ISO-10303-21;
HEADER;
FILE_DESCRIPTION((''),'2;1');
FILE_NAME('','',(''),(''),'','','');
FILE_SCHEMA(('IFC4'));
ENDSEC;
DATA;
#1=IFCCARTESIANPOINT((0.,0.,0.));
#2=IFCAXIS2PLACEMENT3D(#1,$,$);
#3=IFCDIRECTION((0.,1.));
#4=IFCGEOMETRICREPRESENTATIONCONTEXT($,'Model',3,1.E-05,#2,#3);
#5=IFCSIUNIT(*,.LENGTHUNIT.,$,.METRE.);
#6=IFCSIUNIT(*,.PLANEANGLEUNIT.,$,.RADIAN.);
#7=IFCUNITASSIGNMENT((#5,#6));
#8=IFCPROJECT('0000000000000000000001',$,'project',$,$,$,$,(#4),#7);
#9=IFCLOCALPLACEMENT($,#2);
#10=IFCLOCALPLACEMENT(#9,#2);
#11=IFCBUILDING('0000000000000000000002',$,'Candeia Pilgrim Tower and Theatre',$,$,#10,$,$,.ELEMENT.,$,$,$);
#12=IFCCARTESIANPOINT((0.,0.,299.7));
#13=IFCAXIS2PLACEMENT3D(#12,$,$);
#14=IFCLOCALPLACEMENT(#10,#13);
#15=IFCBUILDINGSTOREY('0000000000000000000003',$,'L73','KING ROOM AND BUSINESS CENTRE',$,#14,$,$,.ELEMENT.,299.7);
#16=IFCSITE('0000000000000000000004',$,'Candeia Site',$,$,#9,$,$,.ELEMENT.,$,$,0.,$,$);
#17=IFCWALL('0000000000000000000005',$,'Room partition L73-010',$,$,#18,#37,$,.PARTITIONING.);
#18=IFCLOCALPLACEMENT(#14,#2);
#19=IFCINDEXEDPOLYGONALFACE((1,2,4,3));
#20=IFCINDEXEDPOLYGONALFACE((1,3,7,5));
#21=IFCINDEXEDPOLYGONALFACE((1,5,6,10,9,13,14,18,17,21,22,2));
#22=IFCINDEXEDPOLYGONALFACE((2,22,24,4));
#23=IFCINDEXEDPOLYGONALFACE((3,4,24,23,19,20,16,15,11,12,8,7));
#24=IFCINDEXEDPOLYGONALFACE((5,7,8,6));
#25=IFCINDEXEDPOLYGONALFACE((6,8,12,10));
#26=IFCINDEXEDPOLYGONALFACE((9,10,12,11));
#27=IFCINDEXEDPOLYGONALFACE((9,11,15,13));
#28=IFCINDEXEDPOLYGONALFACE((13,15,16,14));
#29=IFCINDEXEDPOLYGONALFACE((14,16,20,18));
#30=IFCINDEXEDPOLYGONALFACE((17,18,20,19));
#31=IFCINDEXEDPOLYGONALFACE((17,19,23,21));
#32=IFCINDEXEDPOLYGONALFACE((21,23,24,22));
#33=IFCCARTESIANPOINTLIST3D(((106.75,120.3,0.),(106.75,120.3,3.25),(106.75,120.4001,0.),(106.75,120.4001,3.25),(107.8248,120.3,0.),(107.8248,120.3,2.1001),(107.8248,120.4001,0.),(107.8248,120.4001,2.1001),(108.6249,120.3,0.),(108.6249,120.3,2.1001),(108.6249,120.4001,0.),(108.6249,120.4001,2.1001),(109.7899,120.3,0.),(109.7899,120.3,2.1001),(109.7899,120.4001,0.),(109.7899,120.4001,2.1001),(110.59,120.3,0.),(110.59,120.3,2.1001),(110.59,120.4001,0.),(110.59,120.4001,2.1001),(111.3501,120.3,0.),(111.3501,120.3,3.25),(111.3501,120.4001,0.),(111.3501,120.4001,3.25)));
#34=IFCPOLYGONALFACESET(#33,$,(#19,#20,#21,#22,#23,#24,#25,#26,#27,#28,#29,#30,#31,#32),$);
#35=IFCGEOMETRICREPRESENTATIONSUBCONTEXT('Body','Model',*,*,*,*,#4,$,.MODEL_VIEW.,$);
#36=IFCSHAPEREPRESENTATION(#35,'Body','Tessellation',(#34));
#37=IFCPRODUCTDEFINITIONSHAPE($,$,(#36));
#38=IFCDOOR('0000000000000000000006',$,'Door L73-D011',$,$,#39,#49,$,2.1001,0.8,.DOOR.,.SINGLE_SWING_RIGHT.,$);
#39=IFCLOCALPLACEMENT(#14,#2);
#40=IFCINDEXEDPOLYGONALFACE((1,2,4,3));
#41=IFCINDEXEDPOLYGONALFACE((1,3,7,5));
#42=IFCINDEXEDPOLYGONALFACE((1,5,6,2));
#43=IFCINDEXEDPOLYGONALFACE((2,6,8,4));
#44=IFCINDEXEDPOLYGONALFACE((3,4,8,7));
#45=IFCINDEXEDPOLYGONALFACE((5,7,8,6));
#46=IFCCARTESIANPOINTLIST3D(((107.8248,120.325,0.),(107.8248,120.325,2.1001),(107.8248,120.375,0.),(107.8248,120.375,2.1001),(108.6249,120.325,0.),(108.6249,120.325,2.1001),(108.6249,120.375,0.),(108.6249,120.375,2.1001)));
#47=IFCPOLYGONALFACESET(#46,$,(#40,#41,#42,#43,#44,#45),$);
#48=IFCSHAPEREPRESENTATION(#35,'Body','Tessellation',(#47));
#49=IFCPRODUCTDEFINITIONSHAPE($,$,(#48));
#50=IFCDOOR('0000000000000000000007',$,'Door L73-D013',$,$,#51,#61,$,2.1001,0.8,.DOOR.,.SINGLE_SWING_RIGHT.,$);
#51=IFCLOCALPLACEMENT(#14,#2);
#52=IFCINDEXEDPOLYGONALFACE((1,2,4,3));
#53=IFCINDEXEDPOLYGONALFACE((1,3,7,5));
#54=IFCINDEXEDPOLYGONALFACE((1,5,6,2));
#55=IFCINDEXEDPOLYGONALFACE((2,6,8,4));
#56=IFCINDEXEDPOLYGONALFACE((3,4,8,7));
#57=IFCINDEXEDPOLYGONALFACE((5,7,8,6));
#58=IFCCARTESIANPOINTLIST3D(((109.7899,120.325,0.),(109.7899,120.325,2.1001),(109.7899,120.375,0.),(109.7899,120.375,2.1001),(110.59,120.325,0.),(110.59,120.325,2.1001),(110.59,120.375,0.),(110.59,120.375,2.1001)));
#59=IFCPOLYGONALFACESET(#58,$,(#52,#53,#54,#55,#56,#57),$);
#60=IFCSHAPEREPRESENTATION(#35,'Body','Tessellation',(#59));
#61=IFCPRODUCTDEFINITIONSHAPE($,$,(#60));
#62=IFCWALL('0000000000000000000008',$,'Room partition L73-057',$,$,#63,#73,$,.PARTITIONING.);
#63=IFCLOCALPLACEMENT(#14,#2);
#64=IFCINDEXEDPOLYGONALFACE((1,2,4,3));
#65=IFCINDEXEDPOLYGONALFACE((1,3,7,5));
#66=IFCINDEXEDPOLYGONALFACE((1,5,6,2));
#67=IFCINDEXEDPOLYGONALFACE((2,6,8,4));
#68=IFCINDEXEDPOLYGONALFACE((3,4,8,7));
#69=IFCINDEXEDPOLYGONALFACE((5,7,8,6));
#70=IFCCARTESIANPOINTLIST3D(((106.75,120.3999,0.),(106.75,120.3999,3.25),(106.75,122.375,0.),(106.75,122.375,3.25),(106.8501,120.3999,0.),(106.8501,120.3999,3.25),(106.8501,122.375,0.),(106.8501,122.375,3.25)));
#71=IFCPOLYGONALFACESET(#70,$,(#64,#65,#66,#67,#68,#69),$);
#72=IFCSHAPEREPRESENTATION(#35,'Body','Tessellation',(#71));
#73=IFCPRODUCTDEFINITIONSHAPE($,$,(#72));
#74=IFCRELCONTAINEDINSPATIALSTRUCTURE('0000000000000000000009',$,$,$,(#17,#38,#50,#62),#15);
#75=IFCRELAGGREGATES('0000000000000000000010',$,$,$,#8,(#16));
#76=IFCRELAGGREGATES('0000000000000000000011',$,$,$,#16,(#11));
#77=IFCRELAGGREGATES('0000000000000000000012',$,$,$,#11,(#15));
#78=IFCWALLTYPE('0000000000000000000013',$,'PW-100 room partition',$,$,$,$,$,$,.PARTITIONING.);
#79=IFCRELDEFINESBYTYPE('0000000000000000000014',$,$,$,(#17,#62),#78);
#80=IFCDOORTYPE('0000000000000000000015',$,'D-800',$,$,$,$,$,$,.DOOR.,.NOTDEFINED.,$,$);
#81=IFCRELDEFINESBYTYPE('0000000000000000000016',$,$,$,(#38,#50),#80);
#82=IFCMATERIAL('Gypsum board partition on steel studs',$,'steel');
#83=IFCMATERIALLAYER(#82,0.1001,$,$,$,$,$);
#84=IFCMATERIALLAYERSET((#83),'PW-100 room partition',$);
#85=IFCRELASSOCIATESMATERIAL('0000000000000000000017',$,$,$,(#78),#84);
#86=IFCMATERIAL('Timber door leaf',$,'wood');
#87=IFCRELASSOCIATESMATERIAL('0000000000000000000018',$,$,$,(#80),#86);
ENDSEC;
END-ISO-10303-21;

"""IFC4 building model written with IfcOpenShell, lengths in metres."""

from ifc_helpers import new_model, si_unit, direction, frame, frame_2d, origin, place, context, subcontext, project, spatial, rectangle, extrude, material, layer, layer_set, type_object, element, fill, save


model = new_model("IFC4")

# Units and contexts
model_context = context("Model", 3, precision=1e-05, world=origin(), true_north=direction((0.0, 1.0)))
body_context = subcontext(model_context, "Body", "Model", "MODEL_VIEW")
ifc_project = project(units=[si_unit("LENGTHUNIT", "METRE"), si_unit("PLANEANGLEUNIT", "RADIAN")], contexts=[model_context])

# Site, building, storey
site_placement = place(None, origin())
site = spatial("IfcSite", under=ifc_project, at=site_placement, Name="Candeia Site", CompositionType="ELEMENT", RefElevation=0.0)
building_placement = place(site_placement, origin())
building = spatial("IfcBuilding", under=site, at=building_placement, Name="Candeia Pilgrim Tower and Theatre", CompositionType="ELEMENT")
storey_placement = place(building_placement, frame((0.0, 0.0, 299.7)))
storey = spatial("IfcBuildingStorey", under=building, at=storey_placement, Name="L73", Description="KING ROOM AND BUSINESS CENTRE", CompositionType="ELEMENT", Elevation=299.7)

# Wall, openings, doors
ifc_material_1 = material(Name="Gypsum board partition on steel studs", Category="steel")
ifc_layer_1 = layer(ifc_material_1, 0.1001)
ifc_layer_set_1 = layer_set([ifc_layer_1], Name="PW-100 room partition")
wall_type_1 = type_object("IfcWallType", Name="PW-100 room partition", PredefinedType="PARTITIONING", material=ifc_layer_set_1)
wall_1_placement = place(storey_placement, frame((106.75, 120.3501, 0.0), z_axis=(0.0, 0.0, 1.0), x_axis=(1.0, 0.0, 0.0)))
wall_1 = element("IfcWall", 1, at=wall_1_placement, inside=storey, type_object=wall_type_1, Name="Room partition L73-010", PredefinedType="PARTITIONING", context=body_context, shape_type="SweptSolid", body=[
    extrude(rectangle(XDim=4.6001, YDim=0.1001, at=frame_2d((2.3, 0.0))), origin(), (0.0, 0.0, 1.0), 3.25),
])
opening_1_placement = place(wall_1_placement, frame((1.075, 0.0, 0.0)))
opening_1 = element("IfcOpeningElement", 2, at=opening_1_placement, cuts=wall_1, PredefinedType="OPENING", context=body_context, shape_type="SweptSolid", body=[
    extrude(rectangle(XDim=0.8, YDim=2.1001, at=frame_2d((0.3999, 1.05))), frame((0.0, 0.0601, 0.0), z_axis=(0.0, -1.0, 0.0), x_axis=(1.0, 0.0, 0.0)), (0.0, 0.0, 1.0), 0.1201),
])
opening_2_placement = place(wall_1_placement, frame((3.04, 0.0, 0.0)))
opening_2 = element("IfcOpeningElement", 3, at=opening_2_placement, cuts=wall_1, PredefinedType="OPENING", context=body_context, shape_type="SweptSolid", body=[
    extrude(rectangle(XDim=0.8, YDim=2.1001, at=frame_2d((0.3999, 1.05))), frame((0.0, 0.0601, 0.0), z_axis=(0.0, -1.0, 0.0), x_axis=(1.0, 0.0, 0.0)), (0.0, 0.0, 1.0), 0.1201),
])
ifc_material_2 = material(Name="Timber door leaf", Category="wood")
door_type_1 = type_object("IfcDoorType", Name="D-800", OperationType="NOTDEFINED", PredefinedType="DOOR", material=ifc_material_2)
door_1_placement = place(opening_1_placement, origin())
door_1 = element("IfcDoor", 4, at=door_1_placement, inside=storey, type_object=door_type_1, Name="Door L73-D011", OperationType="SINGLE_SWING_RIGHT", OverallHeight=2.1001, OverallWidth=0.8, PredefinedType="DOOR", context=body_context, shape_type="SweptSolid", body=[
    extrude(rectangle(XDim=0.8, YDim=2.1001, at=frame_2d((0.3999, 1.05))), frame((0.0, 0.0249, 0.0), z_axis=(0.0, -1.0, 0.0), x_axis=(1.0, 0.0, 0.0)), (0.0, 0.0, 1.0), 0.05),
])
fill(opening_1, door_1)
door_2_placement = place(opening_2_placement, origin())
door_2 = element("IfcDoor", 5, at=door_2_placement, inside=storey, type_object=door_type_1, Name="Door L73-D013", OperationType="SINGLE_SWING_RIGHT", OverallHeight=2.1001, OverallWidth=0.8, PredefinedType="DOOR", context=body_context, shape_type="SweptSolid", body=[
    extrude(rectangle(XDim=0.8, YDim=2.1001, at=frame_2d((0.3999, 1.05))), frame((0.0, 0.0249, 0.0), z_axis=(0.0, -1.0, 0.0), x_axis=(1.0, 0.0, 0.0)), (0.0, 0.0, 1.0), 0.05),
])
fill(opening_2, door_2)

# Wall
wall_2_placement = place(storey_placement, frame((106.8, 120.3999, 0.0), z_axis=(0.0, 0.0, 1.0), x_axis=(0.0, 1.0, 0.0)))
element("IfcWall", 6, at=wall_2_placement, inside=storey, type_object=wall_type_1, Name="Room partition L73-057", PredefinedType="PARTITIONING", context=body_context, shape_type="SweptSolid", body=[
    extrude(rectangle(XDim=1.9751, YDim=0.1001, at=frame_2d((0.9875, 0.0))), origin(), (0.0, 0.0, 1.0), 3.25),
])

save(model, "model.ifc")
